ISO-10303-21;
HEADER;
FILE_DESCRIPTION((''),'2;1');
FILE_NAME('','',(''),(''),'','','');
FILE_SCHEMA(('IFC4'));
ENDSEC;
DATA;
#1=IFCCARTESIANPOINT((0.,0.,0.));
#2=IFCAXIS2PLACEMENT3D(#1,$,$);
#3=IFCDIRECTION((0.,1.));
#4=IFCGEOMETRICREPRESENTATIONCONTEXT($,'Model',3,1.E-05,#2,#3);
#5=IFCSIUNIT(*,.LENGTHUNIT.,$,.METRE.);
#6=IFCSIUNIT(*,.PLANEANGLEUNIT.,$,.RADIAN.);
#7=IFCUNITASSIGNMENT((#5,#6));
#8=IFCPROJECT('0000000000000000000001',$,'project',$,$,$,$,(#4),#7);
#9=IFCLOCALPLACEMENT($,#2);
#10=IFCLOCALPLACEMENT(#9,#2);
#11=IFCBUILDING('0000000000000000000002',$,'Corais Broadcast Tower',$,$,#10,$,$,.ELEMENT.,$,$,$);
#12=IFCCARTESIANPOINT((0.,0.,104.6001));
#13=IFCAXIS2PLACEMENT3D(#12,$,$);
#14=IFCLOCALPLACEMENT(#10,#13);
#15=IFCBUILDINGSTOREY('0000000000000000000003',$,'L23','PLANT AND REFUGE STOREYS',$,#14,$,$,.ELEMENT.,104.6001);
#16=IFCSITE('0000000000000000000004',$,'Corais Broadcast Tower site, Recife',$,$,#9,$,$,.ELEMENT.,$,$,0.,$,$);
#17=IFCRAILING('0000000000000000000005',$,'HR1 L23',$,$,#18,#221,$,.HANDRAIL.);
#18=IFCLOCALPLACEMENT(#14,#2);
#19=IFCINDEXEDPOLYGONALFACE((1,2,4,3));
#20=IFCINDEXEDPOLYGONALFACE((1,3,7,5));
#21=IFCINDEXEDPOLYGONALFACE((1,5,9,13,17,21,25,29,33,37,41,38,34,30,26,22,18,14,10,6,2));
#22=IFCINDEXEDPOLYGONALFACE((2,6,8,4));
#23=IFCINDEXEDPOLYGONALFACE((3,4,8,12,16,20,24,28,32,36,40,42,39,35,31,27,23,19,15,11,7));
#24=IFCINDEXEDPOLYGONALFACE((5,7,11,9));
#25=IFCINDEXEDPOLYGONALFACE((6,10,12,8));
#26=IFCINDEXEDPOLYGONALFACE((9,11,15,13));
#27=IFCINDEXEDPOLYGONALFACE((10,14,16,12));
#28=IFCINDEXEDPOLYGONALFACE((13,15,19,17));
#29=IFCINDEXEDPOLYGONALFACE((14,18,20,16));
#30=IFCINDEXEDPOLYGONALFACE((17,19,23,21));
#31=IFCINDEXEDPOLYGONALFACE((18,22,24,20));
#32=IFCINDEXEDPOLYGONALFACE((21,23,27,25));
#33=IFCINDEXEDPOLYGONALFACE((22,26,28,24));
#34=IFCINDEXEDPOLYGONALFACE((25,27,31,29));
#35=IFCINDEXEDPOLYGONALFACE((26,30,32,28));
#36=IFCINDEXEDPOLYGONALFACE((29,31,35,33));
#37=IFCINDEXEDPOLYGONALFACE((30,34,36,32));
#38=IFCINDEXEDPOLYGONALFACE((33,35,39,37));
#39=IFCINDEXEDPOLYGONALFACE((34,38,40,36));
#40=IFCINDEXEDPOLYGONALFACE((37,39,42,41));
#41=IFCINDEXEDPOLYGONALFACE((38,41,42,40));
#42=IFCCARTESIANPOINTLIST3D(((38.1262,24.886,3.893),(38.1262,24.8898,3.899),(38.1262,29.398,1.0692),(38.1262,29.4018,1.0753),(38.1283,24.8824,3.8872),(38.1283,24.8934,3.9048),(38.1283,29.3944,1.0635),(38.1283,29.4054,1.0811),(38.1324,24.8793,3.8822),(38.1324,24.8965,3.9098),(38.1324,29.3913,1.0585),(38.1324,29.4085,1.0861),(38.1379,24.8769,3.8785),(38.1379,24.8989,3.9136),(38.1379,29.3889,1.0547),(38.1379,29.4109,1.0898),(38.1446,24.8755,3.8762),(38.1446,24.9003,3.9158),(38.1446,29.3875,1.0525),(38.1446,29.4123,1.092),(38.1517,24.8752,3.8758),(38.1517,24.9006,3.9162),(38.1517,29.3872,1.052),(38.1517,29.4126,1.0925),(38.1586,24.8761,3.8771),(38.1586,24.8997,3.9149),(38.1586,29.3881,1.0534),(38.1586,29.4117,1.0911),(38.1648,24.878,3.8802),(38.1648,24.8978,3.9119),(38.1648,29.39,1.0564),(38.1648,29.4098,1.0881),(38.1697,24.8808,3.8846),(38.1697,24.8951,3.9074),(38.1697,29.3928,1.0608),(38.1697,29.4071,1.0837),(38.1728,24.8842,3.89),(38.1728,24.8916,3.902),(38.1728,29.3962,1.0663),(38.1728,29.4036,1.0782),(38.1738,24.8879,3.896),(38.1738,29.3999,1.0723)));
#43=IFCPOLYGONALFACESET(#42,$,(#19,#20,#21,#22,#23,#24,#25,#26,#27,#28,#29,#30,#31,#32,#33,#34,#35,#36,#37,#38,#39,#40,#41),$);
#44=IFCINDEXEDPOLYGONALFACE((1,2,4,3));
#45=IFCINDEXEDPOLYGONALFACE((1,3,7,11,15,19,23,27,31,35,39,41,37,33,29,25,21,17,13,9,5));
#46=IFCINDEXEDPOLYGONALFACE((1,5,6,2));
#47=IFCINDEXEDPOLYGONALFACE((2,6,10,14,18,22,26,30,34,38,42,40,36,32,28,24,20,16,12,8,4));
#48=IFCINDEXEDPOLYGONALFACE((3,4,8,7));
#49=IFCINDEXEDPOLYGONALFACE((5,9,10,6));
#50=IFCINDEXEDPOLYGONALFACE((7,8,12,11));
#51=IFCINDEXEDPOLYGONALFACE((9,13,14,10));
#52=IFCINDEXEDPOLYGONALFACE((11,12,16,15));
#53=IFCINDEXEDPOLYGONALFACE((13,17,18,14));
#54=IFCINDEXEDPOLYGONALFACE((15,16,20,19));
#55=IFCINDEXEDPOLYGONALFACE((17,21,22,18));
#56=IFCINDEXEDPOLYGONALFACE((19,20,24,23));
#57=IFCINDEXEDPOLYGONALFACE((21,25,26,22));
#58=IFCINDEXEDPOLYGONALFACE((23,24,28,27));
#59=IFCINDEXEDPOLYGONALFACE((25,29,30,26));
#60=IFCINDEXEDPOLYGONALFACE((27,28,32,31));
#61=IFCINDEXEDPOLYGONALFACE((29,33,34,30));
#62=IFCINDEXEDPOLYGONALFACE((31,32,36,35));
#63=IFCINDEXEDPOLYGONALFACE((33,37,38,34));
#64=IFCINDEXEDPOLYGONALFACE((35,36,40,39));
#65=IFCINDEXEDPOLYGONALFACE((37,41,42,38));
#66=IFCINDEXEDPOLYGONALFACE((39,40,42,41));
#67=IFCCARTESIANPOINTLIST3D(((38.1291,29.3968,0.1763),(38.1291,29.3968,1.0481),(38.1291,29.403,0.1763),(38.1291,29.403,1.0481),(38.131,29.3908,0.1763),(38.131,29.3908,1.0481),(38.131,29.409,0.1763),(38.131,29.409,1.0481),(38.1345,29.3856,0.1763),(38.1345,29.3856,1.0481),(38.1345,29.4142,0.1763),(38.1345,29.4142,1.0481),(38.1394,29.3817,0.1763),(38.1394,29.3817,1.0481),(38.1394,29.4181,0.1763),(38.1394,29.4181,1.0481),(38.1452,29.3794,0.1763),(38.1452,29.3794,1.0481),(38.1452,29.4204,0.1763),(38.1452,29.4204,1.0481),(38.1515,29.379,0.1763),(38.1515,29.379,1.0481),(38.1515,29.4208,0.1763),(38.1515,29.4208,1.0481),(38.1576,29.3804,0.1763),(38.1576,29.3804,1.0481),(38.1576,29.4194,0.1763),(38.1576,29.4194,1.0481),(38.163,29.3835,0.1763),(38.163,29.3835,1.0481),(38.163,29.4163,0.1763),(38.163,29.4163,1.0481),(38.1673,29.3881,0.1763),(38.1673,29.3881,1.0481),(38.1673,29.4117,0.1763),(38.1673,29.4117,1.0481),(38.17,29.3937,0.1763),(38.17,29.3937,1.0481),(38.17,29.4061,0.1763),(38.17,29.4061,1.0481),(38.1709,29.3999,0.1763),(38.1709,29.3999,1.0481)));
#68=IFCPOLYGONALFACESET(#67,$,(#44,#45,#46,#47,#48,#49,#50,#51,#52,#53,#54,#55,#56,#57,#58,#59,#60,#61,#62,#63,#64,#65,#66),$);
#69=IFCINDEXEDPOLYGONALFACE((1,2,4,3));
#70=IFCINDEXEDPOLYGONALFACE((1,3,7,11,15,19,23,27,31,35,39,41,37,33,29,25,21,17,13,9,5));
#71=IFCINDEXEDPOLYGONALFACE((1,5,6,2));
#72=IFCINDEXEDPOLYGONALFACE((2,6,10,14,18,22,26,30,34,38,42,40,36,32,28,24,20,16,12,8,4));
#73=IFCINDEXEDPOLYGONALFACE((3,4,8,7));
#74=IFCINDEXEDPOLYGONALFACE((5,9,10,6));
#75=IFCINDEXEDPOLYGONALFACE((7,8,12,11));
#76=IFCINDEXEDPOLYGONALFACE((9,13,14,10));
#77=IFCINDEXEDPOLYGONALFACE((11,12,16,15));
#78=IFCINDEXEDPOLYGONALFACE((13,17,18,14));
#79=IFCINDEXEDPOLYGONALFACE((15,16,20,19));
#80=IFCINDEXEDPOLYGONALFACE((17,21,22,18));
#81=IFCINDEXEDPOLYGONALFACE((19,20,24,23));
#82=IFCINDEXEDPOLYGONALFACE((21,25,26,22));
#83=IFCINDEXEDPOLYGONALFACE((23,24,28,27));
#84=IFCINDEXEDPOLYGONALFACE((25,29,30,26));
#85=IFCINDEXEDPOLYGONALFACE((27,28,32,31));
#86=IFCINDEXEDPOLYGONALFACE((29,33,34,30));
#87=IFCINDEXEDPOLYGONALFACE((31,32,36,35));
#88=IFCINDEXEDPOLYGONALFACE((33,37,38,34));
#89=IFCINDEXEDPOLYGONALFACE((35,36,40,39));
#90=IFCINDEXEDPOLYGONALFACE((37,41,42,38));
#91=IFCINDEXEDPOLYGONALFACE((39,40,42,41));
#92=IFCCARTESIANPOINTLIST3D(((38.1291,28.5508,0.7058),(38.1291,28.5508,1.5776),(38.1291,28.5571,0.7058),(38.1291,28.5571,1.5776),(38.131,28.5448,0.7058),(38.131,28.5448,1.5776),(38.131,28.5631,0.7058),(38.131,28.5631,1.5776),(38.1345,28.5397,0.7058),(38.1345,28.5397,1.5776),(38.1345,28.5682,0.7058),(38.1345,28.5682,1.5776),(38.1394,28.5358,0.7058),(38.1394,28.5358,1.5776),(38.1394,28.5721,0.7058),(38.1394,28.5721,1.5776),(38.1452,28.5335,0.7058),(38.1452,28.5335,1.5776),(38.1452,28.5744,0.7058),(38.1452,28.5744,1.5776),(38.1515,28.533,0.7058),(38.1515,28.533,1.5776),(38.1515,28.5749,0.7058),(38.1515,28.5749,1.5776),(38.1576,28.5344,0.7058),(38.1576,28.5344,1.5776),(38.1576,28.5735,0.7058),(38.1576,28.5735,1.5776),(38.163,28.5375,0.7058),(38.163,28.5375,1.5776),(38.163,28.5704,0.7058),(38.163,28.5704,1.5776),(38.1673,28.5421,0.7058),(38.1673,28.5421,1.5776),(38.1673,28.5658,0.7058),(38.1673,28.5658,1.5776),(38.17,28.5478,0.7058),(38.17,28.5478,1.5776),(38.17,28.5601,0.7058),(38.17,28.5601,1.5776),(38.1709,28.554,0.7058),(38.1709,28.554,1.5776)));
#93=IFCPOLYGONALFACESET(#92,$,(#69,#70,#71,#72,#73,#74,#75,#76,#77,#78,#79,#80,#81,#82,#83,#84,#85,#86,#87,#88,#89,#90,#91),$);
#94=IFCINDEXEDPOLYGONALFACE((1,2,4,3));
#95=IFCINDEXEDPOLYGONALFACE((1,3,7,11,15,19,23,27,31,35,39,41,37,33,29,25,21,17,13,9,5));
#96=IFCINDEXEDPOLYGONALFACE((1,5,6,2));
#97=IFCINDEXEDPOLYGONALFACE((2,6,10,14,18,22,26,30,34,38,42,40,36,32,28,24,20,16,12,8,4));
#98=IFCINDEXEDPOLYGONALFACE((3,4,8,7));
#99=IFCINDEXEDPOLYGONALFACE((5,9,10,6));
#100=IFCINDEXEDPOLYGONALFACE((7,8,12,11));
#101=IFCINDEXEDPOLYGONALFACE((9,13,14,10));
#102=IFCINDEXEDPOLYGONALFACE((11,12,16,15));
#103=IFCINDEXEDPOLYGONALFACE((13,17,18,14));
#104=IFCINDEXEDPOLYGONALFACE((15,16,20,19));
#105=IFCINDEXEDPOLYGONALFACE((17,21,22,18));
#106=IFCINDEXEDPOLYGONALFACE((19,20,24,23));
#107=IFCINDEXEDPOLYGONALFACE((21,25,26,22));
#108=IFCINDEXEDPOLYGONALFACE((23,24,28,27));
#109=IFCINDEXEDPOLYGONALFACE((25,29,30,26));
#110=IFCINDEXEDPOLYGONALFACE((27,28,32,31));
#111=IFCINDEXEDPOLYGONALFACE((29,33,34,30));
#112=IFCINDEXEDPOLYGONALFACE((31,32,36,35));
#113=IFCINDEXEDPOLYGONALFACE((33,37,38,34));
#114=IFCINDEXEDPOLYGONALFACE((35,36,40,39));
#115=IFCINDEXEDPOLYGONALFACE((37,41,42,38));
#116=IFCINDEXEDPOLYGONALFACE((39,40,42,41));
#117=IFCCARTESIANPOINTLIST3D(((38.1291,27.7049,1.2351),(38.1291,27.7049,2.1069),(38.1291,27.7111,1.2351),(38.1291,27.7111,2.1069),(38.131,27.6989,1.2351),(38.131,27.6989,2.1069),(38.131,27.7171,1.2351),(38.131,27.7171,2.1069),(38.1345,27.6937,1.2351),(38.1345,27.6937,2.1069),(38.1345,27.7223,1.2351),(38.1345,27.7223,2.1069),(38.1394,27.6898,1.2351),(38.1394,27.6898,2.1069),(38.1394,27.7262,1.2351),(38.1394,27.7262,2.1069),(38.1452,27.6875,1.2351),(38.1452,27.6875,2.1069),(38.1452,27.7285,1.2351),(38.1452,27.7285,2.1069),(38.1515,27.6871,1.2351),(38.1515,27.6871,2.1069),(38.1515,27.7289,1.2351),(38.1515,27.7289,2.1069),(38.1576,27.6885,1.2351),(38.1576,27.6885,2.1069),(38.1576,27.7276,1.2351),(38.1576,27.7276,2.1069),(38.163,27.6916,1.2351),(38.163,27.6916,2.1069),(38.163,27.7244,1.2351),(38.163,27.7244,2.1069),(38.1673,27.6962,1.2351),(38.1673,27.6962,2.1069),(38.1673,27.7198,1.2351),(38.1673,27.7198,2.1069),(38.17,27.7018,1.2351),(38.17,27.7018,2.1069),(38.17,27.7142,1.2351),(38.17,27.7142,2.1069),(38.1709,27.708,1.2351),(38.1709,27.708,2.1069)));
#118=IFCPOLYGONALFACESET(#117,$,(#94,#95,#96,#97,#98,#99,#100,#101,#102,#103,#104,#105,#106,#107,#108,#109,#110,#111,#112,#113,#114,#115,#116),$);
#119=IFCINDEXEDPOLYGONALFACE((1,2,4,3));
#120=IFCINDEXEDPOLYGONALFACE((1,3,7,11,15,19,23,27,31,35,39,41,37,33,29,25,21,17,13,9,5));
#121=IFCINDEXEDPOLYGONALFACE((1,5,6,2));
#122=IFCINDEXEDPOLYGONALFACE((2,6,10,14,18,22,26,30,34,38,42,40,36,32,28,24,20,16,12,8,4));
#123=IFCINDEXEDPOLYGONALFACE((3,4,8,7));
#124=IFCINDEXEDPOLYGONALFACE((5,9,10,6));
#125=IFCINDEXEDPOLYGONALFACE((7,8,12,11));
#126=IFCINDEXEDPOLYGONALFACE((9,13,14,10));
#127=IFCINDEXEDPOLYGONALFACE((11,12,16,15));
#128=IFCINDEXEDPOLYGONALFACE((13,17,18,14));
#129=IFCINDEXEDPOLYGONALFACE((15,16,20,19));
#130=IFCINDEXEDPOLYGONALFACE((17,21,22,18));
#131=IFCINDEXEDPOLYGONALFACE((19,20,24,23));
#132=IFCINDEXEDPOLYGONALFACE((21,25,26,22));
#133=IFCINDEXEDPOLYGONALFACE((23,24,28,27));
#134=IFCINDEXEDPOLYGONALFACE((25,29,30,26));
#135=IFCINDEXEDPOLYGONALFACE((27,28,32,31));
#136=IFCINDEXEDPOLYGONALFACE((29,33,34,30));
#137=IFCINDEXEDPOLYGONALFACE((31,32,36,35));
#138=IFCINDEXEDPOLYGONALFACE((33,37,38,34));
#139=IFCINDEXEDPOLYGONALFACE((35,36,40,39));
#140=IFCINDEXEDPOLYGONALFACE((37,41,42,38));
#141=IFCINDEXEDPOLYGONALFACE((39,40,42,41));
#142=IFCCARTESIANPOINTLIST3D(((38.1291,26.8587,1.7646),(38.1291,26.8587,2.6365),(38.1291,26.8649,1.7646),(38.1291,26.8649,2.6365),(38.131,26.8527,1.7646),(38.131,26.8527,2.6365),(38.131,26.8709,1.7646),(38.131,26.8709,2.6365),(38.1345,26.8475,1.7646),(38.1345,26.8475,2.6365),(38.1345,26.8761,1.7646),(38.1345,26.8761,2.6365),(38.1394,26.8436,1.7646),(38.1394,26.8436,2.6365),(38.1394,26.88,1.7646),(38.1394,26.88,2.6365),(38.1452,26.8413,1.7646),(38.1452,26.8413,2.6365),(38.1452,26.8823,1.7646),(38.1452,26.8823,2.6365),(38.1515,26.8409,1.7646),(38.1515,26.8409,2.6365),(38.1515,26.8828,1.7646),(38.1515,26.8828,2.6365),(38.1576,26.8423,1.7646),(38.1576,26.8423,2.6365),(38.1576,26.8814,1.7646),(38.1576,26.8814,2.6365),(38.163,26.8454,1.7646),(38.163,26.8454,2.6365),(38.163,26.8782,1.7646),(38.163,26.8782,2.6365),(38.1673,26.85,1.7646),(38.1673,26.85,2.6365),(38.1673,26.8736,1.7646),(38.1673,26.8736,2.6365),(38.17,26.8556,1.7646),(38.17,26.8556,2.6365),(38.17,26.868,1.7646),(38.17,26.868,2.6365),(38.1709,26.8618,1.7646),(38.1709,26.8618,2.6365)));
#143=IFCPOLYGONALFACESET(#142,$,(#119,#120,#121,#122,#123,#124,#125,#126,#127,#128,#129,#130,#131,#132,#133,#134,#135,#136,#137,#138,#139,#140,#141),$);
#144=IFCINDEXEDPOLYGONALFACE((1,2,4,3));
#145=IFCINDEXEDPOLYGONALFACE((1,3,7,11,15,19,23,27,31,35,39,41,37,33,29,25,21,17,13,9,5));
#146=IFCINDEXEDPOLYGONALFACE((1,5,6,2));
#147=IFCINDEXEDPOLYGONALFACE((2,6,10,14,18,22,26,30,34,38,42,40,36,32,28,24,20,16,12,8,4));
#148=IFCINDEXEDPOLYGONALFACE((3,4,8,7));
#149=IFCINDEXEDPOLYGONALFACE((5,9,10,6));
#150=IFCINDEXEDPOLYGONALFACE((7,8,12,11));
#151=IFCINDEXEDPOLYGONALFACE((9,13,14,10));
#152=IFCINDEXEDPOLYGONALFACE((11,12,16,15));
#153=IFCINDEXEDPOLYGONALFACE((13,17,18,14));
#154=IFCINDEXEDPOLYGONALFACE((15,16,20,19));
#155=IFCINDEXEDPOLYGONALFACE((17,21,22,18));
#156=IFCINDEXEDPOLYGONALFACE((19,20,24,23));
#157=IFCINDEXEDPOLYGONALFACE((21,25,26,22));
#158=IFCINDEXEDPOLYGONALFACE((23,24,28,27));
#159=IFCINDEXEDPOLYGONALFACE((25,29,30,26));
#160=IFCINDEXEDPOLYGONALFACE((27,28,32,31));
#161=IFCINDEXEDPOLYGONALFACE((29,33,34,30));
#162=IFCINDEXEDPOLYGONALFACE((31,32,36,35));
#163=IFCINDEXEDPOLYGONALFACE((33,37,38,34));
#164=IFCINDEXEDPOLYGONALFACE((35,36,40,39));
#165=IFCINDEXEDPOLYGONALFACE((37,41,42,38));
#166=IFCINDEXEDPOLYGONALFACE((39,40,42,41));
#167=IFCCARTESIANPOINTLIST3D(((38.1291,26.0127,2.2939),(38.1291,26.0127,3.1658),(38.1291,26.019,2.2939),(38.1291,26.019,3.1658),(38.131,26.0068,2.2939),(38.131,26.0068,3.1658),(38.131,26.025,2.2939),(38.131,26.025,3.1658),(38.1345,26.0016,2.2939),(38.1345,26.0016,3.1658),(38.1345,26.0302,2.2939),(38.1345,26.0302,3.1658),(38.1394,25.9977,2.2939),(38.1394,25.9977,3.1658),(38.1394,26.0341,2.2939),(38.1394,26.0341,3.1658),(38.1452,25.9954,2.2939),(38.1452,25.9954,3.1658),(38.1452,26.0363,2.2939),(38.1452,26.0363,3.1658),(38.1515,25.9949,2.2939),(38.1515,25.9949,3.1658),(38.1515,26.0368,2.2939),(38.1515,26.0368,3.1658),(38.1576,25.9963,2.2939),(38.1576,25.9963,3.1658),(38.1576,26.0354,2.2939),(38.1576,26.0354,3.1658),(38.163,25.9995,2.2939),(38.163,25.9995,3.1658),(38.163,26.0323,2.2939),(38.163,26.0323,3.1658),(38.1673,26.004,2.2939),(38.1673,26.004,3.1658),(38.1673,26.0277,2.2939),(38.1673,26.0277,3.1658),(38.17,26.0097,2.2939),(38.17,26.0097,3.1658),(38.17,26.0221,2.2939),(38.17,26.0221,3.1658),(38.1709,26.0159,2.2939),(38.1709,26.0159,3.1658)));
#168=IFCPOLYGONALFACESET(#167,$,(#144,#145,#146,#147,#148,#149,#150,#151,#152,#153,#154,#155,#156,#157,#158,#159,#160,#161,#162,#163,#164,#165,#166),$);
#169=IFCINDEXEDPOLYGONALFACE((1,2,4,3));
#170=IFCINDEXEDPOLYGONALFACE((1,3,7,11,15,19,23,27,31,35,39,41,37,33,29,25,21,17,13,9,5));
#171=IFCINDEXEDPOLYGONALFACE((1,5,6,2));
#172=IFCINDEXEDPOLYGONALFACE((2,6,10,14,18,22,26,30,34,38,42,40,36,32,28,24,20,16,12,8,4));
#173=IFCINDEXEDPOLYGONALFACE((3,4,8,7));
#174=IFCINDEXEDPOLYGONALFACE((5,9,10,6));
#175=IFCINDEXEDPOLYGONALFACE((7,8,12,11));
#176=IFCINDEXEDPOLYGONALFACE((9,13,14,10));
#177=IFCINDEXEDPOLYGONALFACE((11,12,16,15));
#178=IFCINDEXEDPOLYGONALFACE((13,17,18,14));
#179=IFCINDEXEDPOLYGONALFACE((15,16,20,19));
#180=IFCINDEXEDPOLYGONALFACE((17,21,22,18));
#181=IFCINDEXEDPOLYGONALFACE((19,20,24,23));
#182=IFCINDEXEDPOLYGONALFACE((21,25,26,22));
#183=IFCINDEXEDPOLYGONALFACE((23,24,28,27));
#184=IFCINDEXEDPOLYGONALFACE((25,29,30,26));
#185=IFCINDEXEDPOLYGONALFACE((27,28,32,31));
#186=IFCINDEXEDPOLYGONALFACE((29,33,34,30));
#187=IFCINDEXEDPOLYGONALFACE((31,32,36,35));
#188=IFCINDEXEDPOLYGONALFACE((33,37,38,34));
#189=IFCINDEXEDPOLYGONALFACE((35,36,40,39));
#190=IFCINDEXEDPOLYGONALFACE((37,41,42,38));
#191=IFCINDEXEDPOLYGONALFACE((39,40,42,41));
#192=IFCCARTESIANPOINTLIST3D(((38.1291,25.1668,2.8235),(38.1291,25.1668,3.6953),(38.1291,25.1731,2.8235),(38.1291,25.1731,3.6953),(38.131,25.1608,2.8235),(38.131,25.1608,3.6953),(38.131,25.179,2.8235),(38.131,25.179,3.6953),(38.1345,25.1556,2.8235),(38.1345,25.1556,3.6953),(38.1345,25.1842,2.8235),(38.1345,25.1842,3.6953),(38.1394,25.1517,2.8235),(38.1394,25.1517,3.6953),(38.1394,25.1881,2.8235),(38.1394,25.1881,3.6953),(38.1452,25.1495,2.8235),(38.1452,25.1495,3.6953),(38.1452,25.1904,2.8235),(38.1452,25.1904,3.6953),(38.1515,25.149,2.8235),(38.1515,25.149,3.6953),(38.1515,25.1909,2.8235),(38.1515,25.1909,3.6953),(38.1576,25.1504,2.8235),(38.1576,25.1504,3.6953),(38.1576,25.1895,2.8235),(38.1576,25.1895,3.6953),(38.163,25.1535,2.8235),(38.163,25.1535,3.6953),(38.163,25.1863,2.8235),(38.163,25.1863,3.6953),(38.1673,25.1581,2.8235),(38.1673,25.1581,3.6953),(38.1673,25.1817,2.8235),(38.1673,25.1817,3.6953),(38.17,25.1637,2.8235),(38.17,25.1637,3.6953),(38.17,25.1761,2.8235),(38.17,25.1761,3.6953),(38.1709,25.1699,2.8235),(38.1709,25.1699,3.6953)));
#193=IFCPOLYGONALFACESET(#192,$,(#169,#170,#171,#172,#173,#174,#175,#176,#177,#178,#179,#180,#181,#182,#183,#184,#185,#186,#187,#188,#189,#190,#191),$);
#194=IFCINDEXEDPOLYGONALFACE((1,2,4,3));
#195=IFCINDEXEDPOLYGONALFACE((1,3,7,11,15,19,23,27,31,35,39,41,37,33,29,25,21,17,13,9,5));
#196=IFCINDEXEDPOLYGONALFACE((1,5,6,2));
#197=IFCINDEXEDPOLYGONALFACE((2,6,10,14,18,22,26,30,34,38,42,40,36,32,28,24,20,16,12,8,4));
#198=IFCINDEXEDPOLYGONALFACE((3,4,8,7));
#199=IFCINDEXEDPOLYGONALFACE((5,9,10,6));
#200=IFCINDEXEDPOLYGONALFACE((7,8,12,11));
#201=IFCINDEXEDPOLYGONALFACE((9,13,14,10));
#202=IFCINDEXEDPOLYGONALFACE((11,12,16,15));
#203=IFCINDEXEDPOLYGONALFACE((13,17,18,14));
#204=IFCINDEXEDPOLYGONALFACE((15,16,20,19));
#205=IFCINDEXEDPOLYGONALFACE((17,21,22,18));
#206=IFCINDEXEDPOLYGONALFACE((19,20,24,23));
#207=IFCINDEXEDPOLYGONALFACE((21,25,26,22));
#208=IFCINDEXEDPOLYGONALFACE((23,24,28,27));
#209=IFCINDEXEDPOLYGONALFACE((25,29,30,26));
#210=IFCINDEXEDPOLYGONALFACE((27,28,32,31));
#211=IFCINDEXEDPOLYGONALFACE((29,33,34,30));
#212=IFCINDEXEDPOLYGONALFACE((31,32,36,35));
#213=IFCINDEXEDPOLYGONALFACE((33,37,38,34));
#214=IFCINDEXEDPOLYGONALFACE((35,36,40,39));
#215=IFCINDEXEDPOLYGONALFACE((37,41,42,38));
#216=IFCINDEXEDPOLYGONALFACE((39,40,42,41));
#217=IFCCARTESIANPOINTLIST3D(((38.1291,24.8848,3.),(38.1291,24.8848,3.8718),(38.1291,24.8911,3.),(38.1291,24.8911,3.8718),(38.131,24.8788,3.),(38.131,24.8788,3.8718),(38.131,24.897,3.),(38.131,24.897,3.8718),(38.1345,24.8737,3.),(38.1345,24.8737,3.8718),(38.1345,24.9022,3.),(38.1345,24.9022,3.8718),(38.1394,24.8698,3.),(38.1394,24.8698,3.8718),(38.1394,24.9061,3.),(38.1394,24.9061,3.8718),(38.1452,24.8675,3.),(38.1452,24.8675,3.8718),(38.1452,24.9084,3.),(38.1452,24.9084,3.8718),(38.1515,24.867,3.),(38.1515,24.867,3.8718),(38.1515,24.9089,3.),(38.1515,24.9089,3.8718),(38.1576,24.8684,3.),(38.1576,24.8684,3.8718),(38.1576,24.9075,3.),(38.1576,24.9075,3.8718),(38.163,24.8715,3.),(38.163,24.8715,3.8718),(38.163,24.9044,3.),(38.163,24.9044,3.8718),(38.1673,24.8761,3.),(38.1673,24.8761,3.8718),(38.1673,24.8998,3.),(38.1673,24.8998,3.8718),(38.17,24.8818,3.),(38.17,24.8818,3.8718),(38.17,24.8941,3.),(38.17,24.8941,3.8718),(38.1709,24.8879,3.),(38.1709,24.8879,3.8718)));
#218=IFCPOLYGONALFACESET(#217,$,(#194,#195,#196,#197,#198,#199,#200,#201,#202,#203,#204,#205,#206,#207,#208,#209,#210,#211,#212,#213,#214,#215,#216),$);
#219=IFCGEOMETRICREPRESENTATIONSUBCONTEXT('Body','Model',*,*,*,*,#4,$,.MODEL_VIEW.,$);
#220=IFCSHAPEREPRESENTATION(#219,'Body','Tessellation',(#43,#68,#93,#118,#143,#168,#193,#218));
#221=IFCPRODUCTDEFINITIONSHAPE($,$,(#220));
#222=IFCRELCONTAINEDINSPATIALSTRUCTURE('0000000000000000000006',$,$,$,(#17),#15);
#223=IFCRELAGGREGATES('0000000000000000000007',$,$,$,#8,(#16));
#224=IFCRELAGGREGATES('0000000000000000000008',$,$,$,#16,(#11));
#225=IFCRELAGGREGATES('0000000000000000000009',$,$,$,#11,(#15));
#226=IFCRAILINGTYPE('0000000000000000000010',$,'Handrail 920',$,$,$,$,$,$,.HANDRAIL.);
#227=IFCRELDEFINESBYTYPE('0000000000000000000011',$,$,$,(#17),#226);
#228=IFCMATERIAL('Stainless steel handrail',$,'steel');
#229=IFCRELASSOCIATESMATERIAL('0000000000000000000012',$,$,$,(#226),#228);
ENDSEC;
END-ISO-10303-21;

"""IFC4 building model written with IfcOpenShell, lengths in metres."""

from ifc_helpers import new_model, si_unit, direction, frame, origin, origin_2d, place, context, subcontext, project, spatial, circle, extrude, material, type_object, element, save


model = new_model("IFC4")

# Units and contexts
model_context = context("Model", 3, precision=1e-05, world=origin(), true_north=direction((0.0, 1.0)))
body_context = subcontext(model_context, "Body", "Model", "MODEL_VIEW")
ifc_project = project(units=[si_unit("LENGTHUNIT", "METRE"), si_unit("PLANEANGLEUNIT", "RADIAN")], contexts=[model_context])

# Site, building, storey
site_placement = place(None, origin())
site = spatial("IfcSite", under=ifc_project, at=site_placement, Name="Corais Broadcast Tower site, Recife", CompositionType="ELEMENT", RefElevation=0.0)
building_placement = place(site_placement, origin())
building = spatial("IfcBuilding", under=site, at=building_placement, Name="Corais Broadcast Tower", CompositionType="ELEMENT")
storey_placement = place(building_placement, frame((0.0, 0.0, 104.6001)))
storey = spatial("IfcBuildingStorey", under=building, at=storey_placement, Name="L23", Description="PLANT AND REFUGE STOREYS", CompositionType="ELEMENT", Elevation=104.6001)

# Railing
ifc_material_1 = material(Name="Stainless steel handrail", Category="steel")
railing_type = type_object("IfcRailingType", Name="Handrail 920", PredefinedType="HANDRAIL", material=ifc_material_1)
railing_placement = place(storey_placement, frame((38.1499, 29.3999, 0.1763)))
element("IfcRailing", 1, at=railing_placement, inside=storey, type_object=railing_type, Name="HR1 L23", PredefinedType="HANDRAIL", context=body_context, shape_type="SweptSolid", body=[
    extrude(circle(Radius=0.0239, at=origin_2d()), frame((0.0, 0.0, 0.896), z_axis=(0.0, -0.847681, 0.530506), x_axis=(1.0, 0.0, 0.0)), (0.0, 0.0, 1.0), 5.3228),
    extrude(circle(Radius=0.021, at=origin_2d()), origin(), (0.0, 0.0, 1.0), 0.8718),
    extrude(circle(Radius=0.021, at=origin_2d()), frame((0.0, -0.8459, 0.5295)), (0.0, 0.0, 1.0), 0.8718),
    extrude(circle(Radius=0.021, at=origin_2d()), frame((0.0, -1.6919, 1.0588)), (0.0, 0.0, 1.0), 0.8718),
    extrude(circle(Radius=0.021, at=origin_2d()), frame((0.0, -2.5381, 1.5884)), (0.0, 0.0, 1.0), 0.8718),
    extrude(circle(Radius=0.021, at=origin_2d()), frame((0.0, -3.384, 2.1177)), (0.0, 0.0, 1.0), 0.8718),
    extrude(circle(Radius=0.021, at=origin_2d()), frame((0.0, -4.23, 2.6472)), (0.0, 0.0, 1.0), 0.8718),
    extrude(circle(Radius=0.021, at=origin_2d()), frame((0.0, -4.512, 2.8237)), (0.0, 0.0, 1.0), 0.8718),
])

save(model, "model.ifc")
